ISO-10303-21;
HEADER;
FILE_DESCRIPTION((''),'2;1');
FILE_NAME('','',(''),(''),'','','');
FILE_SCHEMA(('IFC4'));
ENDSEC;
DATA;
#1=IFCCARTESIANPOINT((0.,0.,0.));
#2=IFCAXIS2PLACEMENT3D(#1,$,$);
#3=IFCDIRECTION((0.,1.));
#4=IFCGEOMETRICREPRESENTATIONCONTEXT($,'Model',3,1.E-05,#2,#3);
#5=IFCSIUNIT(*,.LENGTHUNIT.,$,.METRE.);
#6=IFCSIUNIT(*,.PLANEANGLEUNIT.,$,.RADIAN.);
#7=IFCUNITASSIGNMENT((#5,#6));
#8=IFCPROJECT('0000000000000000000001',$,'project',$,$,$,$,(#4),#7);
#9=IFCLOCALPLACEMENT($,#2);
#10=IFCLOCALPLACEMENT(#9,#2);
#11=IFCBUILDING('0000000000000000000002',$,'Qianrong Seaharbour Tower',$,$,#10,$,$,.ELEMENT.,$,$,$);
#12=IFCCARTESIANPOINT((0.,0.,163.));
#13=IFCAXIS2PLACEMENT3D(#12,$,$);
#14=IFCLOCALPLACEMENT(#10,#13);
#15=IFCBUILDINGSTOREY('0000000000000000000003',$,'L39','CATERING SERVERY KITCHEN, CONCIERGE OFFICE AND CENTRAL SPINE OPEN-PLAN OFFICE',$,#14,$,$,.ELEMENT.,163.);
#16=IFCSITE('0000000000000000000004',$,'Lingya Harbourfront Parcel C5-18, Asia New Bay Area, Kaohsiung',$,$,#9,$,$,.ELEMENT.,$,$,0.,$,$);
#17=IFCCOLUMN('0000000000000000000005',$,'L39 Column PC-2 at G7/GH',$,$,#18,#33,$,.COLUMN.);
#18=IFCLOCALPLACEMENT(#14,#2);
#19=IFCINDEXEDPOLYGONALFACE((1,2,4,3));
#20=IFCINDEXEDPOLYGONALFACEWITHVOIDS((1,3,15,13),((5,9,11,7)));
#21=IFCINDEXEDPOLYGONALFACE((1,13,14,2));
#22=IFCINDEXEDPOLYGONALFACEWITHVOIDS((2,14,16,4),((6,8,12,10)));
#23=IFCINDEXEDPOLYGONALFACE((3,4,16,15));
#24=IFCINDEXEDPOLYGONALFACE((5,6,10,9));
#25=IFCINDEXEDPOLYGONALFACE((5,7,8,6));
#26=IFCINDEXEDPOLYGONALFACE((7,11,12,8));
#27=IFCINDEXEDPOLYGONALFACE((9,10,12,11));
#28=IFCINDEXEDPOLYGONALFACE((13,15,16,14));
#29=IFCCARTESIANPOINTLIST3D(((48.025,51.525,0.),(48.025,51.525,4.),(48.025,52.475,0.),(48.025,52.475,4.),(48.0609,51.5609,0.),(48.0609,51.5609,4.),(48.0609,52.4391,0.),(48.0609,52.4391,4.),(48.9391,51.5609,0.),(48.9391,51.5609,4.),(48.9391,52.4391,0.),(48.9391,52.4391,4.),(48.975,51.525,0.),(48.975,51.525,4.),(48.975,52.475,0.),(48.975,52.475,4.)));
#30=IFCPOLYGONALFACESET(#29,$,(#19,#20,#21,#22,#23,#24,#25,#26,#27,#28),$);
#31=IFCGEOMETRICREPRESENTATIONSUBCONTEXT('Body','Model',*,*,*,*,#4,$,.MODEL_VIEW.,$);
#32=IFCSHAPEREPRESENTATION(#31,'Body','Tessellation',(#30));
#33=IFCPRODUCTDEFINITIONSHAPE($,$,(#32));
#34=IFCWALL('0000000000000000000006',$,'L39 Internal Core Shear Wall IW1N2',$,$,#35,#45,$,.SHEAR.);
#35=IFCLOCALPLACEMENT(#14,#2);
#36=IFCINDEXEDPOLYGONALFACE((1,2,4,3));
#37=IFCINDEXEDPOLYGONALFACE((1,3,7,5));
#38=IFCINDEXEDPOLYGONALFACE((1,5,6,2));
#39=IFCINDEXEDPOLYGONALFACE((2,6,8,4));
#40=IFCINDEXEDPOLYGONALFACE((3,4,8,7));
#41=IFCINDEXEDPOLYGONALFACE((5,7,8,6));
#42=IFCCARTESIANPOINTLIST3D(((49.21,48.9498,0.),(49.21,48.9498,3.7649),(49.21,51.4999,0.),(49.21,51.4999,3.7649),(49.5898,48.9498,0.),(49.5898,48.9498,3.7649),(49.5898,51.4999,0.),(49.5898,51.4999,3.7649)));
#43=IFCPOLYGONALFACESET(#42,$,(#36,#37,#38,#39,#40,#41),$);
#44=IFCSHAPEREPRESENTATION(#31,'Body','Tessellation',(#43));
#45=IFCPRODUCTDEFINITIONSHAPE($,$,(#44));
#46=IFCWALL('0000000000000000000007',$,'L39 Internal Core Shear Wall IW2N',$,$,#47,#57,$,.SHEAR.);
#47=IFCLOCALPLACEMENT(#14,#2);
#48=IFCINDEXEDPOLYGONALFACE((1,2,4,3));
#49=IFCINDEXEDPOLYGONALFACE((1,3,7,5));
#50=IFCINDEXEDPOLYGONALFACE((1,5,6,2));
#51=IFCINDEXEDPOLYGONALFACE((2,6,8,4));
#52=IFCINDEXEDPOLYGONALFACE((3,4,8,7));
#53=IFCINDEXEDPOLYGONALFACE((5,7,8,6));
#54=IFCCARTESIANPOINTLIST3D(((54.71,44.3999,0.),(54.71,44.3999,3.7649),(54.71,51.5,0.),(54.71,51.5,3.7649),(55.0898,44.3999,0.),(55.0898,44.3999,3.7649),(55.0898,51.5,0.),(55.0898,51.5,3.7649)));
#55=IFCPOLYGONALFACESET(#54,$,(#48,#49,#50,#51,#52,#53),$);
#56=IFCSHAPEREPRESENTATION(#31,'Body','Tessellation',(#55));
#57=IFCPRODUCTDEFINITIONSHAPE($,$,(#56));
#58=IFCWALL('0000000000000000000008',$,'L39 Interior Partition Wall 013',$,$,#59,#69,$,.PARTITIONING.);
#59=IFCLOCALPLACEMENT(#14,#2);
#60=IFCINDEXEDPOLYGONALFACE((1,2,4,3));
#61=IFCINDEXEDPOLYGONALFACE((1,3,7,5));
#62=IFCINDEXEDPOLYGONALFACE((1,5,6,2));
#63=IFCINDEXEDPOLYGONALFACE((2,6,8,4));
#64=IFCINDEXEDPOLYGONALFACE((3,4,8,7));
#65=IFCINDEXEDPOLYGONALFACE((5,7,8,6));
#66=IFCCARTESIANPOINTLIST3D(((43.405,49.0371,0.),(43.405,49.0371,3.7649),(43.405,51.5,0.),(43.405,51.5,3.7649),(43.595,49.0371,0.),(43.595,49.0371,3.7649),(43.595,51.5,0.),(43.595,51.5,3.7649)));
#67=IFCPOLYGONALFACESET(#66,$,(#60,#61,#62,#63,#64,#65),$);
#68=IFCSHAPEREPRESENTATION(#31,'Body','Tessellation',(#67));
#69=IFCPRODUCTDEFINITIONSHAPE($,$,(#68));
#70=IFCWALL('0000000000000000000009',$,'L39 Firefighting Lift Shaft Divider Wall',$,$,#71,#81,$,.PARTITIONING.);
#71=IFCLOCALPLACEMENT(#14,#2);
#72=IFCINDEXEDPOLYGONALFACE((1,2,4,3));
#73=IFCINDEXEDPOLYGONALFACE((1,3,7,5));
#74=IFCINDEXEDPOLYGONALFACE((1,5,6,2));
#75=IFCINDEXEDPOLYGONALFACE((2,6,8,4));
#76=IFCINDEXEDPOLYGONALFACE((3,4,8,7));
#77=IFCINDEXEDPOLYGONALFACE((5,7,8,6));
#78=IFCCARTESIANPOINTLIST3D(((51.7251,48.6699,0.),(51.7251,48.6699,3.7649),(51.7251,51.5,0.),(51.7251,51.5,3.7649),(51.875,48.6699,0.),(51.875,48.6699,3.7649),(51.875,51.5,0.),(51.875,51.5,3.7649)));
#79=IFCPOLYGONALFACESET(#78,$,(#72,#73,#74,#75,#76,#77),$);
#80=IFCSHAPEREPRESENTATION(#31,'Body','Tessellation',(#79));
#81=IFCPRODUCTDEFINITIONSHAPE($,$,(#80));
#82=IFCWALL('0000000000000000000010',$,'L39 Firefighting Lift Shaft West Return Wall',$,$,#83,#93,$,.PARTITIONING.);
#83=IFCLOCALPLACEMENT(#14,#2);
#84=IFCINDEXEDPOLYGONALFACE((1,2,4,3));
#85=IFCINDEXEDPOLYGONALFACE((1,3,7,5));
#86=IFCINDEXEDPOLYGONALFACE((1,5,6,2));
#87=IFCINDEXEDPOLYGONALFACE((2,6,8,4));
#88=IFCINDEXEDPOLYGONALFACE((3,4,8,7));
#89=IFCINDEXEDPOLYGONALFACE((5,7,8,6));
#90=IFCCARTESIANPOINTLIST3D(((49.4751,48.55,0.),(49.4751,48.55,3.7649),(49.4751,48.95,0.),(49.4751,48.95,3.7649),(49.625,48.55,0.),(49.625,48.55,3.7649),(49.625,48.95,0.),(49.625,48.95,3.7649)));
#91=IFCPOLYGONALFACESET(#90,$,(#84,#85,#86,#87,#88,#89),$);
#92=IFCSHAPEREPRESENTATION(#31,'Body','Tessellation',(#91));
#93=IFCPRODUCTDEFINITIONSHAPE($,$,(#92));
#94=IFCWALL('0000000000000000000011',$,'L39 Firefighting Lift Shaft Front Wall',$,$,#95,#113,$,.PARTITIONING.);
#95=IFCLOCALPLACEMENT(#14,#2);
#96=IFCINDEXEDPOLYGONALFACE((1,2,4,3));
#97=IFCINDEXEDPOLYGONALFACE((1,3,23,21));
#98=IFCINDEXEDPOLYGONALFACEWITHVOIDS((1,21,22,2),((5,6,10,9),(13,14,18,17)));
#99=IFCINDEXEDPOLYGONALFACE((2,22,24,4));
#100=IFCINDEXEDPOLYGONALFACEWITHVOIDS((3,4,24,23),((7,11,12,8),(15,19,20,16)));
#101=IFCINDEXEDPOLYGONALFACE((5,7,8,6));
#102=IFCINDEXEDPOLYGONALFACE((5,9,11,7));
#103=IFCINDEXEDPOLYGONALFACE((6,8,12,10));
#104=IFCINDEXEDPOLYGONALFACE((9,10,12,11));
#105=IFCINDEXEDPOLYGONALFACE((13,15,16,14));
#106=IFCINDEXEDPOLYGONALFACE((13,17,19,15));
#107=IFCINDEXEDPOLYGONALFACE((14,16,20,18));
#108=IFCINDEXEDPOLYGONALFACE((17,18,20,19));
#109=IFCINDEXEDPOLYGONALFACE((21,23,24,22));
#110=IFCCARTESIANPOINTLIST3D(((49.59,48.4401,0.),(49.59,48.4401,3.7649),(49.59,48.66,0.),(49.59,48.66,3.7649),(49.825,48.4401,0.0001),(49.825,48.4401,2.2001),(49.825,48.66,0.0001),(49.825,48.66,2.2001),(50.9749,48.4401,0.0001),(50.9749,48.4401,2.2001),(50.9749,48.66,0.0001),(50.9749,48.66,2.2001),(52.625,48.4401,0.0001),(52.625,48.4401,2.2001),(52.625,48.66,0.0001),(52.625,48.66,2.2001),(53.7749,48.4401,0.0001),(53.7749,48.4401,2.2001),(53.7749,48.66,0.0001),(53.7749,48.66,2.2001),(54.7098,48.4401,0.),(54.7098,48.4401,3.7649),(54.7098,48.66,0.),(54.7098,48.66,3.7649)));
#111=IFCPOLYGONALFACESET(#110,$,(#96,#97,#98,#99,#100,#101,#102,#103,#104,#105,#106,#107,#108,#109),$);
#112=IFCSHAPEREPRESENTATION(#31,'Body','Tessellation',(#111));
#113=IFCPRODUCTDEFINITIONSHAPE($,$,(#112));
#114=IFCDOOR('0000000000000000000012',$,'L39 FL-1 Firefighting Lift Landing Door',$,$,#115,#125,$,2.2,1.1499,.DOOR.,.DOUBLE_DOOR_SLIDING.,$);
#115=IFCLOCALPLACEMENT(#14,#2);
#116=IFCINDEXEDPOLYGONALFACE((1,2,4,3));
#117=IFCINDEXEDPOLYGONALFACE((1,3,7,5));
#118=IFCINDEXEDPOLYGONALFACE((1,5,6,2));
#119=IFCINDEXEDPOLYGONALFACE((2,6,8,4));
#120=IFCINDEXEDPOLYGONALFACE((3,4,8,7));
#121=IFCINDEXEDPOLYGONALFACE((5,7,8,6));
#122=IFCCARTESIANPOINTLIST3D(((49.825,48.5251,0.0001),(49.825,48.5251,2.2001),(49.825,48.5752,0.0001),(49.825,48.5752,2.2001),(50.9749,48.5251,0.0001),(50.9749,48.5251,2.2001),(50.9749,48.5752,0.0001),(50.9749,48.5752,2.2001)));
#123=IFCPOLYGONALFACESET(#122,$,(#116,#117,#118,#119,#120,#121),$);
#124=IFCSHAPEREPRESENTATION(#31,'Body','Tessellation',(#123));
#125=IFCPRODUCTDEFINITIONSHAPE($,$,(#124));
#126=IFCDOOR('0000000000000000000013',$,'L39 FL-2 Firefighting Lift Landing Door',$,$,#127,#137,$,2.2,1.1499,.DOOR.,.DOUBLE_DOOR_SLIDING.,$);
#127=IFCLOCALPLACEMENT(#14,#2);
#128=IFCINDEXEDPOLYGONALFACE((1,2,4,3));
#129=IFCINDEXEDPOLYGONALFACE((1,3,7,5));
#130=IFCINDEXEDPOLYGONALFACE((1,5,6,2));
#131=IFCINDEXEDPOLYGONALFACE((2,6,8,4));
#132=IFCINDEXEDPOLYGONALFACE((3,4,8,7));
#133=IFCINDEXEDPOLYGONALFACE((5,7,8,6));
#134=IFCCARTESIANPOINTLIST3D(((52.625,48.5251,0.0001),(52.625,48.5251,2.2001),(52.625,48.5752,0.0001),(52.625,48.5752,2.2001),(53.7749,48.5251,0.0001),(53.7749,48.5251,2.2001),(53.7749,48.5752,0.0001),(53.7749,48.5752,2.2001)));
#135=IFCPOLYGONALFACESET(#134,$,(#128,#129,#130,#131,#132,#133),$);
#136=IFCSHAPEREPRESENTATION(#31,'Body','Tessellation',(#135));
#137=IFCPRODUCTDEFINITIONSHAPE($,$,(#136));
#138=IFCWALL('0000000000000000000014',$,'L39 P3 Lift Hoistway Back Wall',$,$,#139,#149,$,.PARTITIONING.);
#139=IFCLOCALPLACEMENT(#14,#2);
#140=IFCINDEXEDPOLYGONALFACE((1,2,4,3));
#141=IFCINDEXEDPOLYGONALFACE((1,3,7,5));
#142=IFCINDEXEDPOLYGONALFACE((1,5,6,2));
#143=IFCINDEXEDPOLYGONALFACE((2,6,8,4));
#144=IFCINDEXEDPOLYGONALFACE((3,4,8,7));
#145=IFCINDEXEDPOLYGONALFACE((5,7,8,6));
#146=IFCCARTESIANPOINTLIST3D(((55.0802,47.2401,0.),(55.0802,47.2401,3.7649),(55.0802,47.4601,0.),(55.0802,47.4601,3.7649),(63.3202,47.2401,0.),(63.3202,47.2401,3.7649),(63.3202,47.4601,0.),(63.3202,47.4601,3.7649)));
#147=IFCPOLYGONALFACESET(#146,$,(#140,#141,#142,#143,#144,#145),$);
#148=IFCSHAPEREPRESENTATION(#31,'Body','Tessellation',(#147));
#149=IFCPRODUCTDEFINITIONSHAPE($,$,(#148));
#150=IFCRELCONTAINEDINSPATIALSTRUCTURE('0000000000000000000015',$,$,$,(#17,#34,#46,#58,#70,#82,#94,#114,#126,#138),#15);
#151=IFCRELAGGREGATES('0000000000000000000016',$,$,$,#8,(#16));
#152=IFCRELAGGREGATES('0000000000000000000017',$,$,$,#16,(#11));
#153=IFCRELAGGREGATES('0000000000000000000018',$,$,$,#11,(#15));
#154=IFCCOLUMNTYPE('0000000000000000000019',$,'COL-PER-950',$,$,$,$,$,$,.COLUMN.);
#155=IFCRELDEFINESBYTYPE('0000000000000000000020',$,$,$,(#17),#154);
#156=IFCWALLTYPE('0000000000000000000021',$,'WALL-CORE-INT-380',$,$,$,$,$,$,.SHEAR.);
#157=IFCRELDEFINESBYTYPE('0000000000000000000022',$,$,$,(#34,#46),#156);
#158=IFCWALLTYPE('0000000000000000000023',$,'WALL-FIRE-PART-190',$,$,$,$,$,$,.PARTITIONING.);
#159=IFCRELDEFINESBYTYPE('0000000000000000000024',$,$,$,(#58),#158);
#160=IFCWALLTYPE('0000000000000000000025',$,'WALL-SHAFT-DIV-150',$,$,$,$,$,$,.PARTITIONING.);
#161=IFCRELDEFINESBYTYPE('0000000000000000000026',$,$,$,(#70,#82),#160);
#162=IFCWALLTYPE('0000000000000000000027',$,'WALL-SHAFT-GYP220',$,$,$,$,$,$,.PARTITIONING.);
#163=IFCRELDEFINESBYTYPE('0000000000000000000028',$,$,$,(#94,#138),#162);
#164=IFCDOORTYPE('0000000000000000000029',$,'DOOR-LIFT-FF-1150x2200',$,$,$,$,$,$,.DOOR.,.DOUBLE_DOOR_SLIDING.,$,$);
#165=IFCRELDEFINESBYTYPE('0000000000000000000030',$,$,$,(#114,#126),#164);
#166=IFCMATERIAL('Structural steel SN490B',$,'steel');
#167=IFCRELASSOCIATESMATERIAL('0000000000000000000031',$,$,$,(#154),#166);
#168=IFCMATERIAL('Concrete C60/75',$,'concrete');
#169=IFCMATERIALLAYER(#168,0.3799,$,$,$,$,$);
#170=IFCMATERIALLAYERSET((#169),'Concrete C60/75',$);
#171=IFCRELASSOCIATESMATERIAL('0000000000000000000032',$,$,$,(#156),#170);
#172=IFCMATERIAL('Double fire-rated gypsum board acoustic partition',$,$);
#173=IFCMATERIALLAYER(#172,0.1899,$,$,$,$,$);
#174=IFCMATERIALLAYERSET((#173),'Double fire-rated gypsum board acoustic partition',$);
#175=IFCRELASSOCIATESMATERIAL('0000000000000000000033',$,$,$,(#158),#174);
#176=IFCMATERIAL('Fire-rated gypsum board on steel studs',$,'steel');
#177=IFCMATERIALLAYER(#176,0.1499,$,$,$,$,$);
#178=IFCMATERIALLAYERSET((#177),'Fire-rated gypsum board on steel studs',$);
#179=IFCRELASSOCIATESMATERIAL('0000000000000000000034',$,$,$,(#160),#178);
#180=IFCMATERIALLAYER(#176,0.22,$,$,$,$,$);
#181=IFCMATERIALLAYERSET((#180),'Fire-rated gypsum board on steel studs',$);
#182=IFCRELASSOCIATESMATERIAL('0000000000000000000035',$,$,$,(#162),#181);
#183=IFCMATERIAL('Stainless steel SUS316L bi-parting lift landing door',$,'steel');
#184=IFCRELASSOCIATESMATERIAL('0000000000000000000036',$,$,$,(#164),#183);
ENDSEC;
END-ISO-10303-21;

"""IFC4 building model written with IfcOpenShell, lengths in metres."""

from ifc_helpers import new_model, si_unit, direction, frame, frame_2d, origin, origin_2d, place, context, subcontext, project, spatial, rectangle, hollow_rectangle, extrude, material, layer, layer_set, material_profile, profile_set, type_object, element, fill, save


model = new_model("IFC4")

# Units and contexts
model_context = context("Model", 3, precision=1e-05, world=origin(), true_north=direction((0.0, 1.0)))
body_context = subcontext(model_context, "Body", "Model", "MODEL_VIEW")
ifc_project = project(units=[si_unit("LENGTHUNIT", "METRE"), si_unit("PLANEANGLEUNIT", "RADIAN")], contexts=[model_context])

# Site, building, storey
site_placement = place(None, origin())
site = spatial("IfcSite", under=ifc_project, at=site_placement, Name="Lingya Harbourfront Parcel C5-18, Asia New Bay Area, Kaohsiung", CompositionType="ELEMENT", RefElevation=0.0)
building_placement = place(site_placement, origin())
building = spatial("IfcBuilding", under=site, at=building_placement, Name="Qianrong Seaharbour Tower", CompositionType="ELEMENT")
storey_placement = place(building_placement, frame((0.0, 0.0, 163.0)))
storey = spatial("IfcBuildingStorey", under=building, at=storey_placement, Name="L39", Description="CATERING SERVERY KITCHEN, CONCIERGE OFFICE AND CENTRAL SPINE OPEN-PLAN OFFICE", CompositionType="ELEMENT", Elevation=163.0)

# Column
ifc_material_1 = material(Name="Structural steel SN490B", Category="steel")
ifc_material_profile = material_profile(ifc_material_1, hollow_rectangle(XDim=0.95, YDim=0.95, WallThickness=0.0359, at=origin_2d()), Name="BOX950x950x36")
ifc_profile_set = profile_set([ifc_material_profile], Name="Structural steel SN490B")
column_type = type_object("IfcColumnType", Name="COL-PER-950", PredefinedType="COLUMN", material=ifc_profile_set)
column_placement = place(storey_placement, frame((48.5, 52.0, 0.0), z_axis=(0.0, 0.0, 1.0), x_axis=(1.0, 0.0, 0.0)))
element("IfcColumn", 1, at=column_placement, inside=storey, type_object=column_type, Name="L39 Column PC-2 at G7/GH", PredefinedType="COLUMN", context=body_context, shape_type="SweptSolid", body=[
    extrude(hollow_rectangle(XDim=0.95, YDim=0.95, WallThickness=0.0359, at=origin_2d()), origin(), (0.0, 0.0, 1.0), 4.0),
])

# Walls
ifc_material_2 = material(Name="Concrete C60/75", Category="concrete")
ifc_layer_1 = layer(ifc_material_2, 0.3799)
ifc_layer_set_1 = layer_set([ifc_layer_1], Name="Concrete C60/75")
wall_type_1 = type_object("IfcWallType", Name="WALL-CORE-INT-380", PredefinedType="SHEAR", material=ifc_layer_set_1)
wall_1_placement = place(storey_placement, frame((49.3999, 48.95, 0.0), z_axis=(0.0, 0.0, 1.0), x_axis=(0.0, 1.0, 0.0)))
element("IfcWall", 2, at=wall_1_placement, inside=storey, type_object=wall_type_1, Name="L39 Internal Core Shear Wall IW1N2", PredefinedType="SHEAR", context=body_context, shape_type="SweptSolid", body=[
    extrude(rectangle(XDim=2.55, YDim=0.3799, at=frame_2d((1.2749, 0.0))), origin(), (0.0, 0.0, 1.0), 3.7649),
])
wall_2_placement = place(storey_placement, frame((54.8999, 44.3999, 0.0), z_axis=(0.0, 0.0, 1.0), x_axis=(0.0, 1.0, 0.0)))
element("IfcWall", 3, at=wall_2_placement, inside=storey, type_object=wall_type_1, Name="L39 Internal Core Shear Wall IW2N", PredefinedType="SHEAR", context=body_context, shape_type="SweptSolid", body=[
    extrude(rectangle(XDim=7.1001, YDim=0.3799, at=frame_2d((3.55, 0.0))), origin(), (0.0, 0.0, 1.0), 3.7649),
])
ifc_material_3 = material(Name="Double fire-rated gypsum board acoustic partition")
ifc_layer_2 = layer(ifc_material_3, 0.1899)
ifc_layer_set_2 = layer_set([ifc_layer_2], Name="Double fire-rated gypsum board acoustic partition")
wall_type_2 = type_object("IfcWallType", Name="WALL-FIRE-PART-190", PredefinedType="PARTITIONING", material=ifc_layer_set_2)
wall_3_placement = place(storey_placement, frame((43.5, 51.5, 0.0), z_axis=(0.0, 0.0, 1.0), x_axis=(0.0, -1.0, 0.0)))
element("IfcWall", 4, at=wall_3_placement, inside=storey, type_object=wall_type_2, Name="L39 Interior Partition Wall 013", PredefinedType="PARTITIONING", context=body_context, shape_type="SweptSolid", body=[
    extrude(rectangle(XDim=2.4629, YDim=0.1899, at=frame_2d((1.2314, 0.0))), origin(), (0.0, 0.0, 1.0), 3.7649),
])
ifc_material_4 = material(Name="Fire-rated gypsum board on steel studs", Category="steel")
ifc_layer_3 = layer(ifc_material_4, 0.1499)
ifc_layer_set_3 = layer_set([ifc_layer_3], Name="Fire-rated gypsum board on steel studs")
wall_type_3 = type_object("IfcWallType", Name="WALL-SHAFT-DIV-150", PredefinedType="PARTITIONING", material=ifc_layer_set_3)
wall_4_placement = place(storey_placement, frame((51.8, 48.6699, 0.0), z_axis=(0.0, 0.0, 1.0), x_axis=(0.0, 1.0, 0.0)))
element("IfcWall", 5, at=wall_4_placement, inside=storey, type_object=wall_type_3, Name="L39 Firefighting Lift Shaft Divider Wall", PredefinedType="PARTITIONING", context=body_context, shape_type="SweptSolid", body=[
    extrude(rectangle(XDim=2.8301, YDim=0.1499, at=frame_2d((1.415, 0.0))), origin(), (0.0, 0.0, 1.0), 3.7649),
])
wall_5_placement = place(storey_placement, frame((49.55, 48.55, 0.0), z_axis=(0.0, 0.0, 1.0), x_axis=(0.0, 1.0, 0.0)))
element("IfcWall", 6, at=wall_5_placement, inside=storey, type_object=wall_type_3, Name="L39 Firefighting Lift Shaft West Return Wall", PredefinedType="PARTITIONING", context=body_context, shape_type="SweptSolid", body=[
    extrude(rectangle(XDim=0.3999, YDim=0.1499, at=frame_2d((0.2, 0.0))), origin(), (0.0, 0.0, 1.0), 3.7649),
])

# Wall, openings, doors
ifc_layer_4 = layer(ifc_material_4, 0.22)
ifc_layer_set_4 = layer_set([ifc_layer_4], Name="Fire-rated gypsum board on steel studs")
wall_type_4 = type_object("IfcWallType", Name="WALL-SHAFT-GYP220", PredefinedType="PARTITIONING", material=ifc_layer_set_4)
wall_6_placement = place(storey_placement, frame((54.71, 48.55, 0.0), z_axis=(0.0, 0.0, 1.0), x_axis=(-1.0, 0.0, 0.0)))
wall_6 = element("IfcWall", 7, at=wall_6_placement, inside=storey, type_object=wall_type_4, Name="L39 Firefighting Lift Shaft Front Wall", PredefinedType="PARTITIONING", context=body_context, shape_type="SweptSolid", body=[
    extrude(rectangle(XDim=5.1199, YDim=0.22, at=frame_2d((2.5601, 0.0))), origin(), (0.0, 0.0, 1.0), 3.7649),
])
opening_1_placement = place(wall_6_placement, frame((3.7351, 0.0, 0.0)))
opening_1 = element("IfcOpeningElement", 8, at=opening_1_placement, cuts=wall_6, PredefinedType="OPENING", context=body_context, shape_type="SweptSolid", body=[
    extrude(rectangle(XDim=1.1499, YDim=2.2, at=frame_2d((0.575, 1.1001))), frame((0.0, 0.1201, 0.0), z_axis=(0.0, -1.0, 0.0), x_axis=(1.0, 0.0, 0.0)), (0.0, 0.0, 1.0), 0.24),
])
opening_2_placement = place(wall_6_placement, frame((0.9351, 0.0, 0.0)))
opening_2 = element("IfcOpeningElement", 9, at=opening_2_placement, cuts=wall_6, PredefinedType="OPENING", context=body_context, shape_type="SweptSolid", body=[
    extrude(rectangle(XDim=1.1499, YDim=2.2, at=frame_2d((0.575, 1.1001))), frame((0.0, 0.1201, 0.0), z_axis=(0.0, -1.0, 0.0), x_axis=(1.0, 0.0, 0.0)), (0.0, 0.0, 1.0), 0.24),
])
ifc_material_5 = material(Name="Stainless steel SUS316L bi-parting lift landing door", Category="steel")
door_type_1 = type_object("IfcDoorType", Name="DOOR-LIFT-FF-1150x2200", OperationType="DOUBLE_DOOR_SLIDING", PredefinedType="DOOR", material=ifc_material_5)
door_1_placement = place(opening_1_placement, origin())
door_1 = element("IfcDoor", 10, at=door_1_placement, inside=storey, type_object=door_type_1, Name="L39 FL-1 Firefighting Lift Landing Door", OperationType="DOUBLE_DOOR_SLIDING", OverallHeight=2.2, OverallWidth=1.1499, PredefinedType="DOOR", context=body_context, shape_type="SweptSolid", body=[
    extrude(rectangle(XDim=1.1499, YDim=2.2, at=frame_2d((0.575, 1.1001))), frame((0.0, 0.0249, 0.0), z_axis=(0.0, -1.0, 0.0), x_axis=(1.0, 0.0, 0.0)), (0.0, 0.0, 1.0), 0.05),
])
fill(opening_1, door_1)
door_2_placement = place(opening_2_placement, origin())
door_2 = element("IfcDoor", 11, at=door_2_placement, inside=storey, type_object=door_type_1, Name="L39 FL-2 Firefighting Lift Landing Door", OperationType="DOUBLE_DOOR_SLIDING", OverallHeight=2.2, OverallWidth=1.1499, PredefinedType="DOOR", context=body_context, shape_type="SweptSolid", body=[
    extrude(rectangle(XDim=1.1499, YDim=2.2, at=frame_2d((0.575, 1.1001))), frame((0.0, 0.0249, 0.0), z_axis=(0.0, -1.0, 0.0), x_axis=(1.0, 0.0, 0.0)), (0.0, 0.0, 1.0), 0.05),
])
fill(opening_2, door_2)

# Wall
wall_7_placement = place(storey_placement, frame((55.0801, 47.3501, 0.0), z_axis=(0.0, 0.0, 1.0), x_axis=(1.0, 0.0, 0.0)))
element("IfcWall", 12, at=wall_7_placement, inside=storey, type_object=wall_type_4, Name="L39 P3 Lift Hoistway Back Wall", PredefinedType="PARTITIONING", context=body_context, shape_type="SweptSolid", body=[
    extrude(rectangle(XDim=8.24, YDim=0.22, at=frame_2d((4.1201, 0.0))), origin(), (0.0, 0.0, 1.0), 3.7649),
])

save(model, "model.ifc")
